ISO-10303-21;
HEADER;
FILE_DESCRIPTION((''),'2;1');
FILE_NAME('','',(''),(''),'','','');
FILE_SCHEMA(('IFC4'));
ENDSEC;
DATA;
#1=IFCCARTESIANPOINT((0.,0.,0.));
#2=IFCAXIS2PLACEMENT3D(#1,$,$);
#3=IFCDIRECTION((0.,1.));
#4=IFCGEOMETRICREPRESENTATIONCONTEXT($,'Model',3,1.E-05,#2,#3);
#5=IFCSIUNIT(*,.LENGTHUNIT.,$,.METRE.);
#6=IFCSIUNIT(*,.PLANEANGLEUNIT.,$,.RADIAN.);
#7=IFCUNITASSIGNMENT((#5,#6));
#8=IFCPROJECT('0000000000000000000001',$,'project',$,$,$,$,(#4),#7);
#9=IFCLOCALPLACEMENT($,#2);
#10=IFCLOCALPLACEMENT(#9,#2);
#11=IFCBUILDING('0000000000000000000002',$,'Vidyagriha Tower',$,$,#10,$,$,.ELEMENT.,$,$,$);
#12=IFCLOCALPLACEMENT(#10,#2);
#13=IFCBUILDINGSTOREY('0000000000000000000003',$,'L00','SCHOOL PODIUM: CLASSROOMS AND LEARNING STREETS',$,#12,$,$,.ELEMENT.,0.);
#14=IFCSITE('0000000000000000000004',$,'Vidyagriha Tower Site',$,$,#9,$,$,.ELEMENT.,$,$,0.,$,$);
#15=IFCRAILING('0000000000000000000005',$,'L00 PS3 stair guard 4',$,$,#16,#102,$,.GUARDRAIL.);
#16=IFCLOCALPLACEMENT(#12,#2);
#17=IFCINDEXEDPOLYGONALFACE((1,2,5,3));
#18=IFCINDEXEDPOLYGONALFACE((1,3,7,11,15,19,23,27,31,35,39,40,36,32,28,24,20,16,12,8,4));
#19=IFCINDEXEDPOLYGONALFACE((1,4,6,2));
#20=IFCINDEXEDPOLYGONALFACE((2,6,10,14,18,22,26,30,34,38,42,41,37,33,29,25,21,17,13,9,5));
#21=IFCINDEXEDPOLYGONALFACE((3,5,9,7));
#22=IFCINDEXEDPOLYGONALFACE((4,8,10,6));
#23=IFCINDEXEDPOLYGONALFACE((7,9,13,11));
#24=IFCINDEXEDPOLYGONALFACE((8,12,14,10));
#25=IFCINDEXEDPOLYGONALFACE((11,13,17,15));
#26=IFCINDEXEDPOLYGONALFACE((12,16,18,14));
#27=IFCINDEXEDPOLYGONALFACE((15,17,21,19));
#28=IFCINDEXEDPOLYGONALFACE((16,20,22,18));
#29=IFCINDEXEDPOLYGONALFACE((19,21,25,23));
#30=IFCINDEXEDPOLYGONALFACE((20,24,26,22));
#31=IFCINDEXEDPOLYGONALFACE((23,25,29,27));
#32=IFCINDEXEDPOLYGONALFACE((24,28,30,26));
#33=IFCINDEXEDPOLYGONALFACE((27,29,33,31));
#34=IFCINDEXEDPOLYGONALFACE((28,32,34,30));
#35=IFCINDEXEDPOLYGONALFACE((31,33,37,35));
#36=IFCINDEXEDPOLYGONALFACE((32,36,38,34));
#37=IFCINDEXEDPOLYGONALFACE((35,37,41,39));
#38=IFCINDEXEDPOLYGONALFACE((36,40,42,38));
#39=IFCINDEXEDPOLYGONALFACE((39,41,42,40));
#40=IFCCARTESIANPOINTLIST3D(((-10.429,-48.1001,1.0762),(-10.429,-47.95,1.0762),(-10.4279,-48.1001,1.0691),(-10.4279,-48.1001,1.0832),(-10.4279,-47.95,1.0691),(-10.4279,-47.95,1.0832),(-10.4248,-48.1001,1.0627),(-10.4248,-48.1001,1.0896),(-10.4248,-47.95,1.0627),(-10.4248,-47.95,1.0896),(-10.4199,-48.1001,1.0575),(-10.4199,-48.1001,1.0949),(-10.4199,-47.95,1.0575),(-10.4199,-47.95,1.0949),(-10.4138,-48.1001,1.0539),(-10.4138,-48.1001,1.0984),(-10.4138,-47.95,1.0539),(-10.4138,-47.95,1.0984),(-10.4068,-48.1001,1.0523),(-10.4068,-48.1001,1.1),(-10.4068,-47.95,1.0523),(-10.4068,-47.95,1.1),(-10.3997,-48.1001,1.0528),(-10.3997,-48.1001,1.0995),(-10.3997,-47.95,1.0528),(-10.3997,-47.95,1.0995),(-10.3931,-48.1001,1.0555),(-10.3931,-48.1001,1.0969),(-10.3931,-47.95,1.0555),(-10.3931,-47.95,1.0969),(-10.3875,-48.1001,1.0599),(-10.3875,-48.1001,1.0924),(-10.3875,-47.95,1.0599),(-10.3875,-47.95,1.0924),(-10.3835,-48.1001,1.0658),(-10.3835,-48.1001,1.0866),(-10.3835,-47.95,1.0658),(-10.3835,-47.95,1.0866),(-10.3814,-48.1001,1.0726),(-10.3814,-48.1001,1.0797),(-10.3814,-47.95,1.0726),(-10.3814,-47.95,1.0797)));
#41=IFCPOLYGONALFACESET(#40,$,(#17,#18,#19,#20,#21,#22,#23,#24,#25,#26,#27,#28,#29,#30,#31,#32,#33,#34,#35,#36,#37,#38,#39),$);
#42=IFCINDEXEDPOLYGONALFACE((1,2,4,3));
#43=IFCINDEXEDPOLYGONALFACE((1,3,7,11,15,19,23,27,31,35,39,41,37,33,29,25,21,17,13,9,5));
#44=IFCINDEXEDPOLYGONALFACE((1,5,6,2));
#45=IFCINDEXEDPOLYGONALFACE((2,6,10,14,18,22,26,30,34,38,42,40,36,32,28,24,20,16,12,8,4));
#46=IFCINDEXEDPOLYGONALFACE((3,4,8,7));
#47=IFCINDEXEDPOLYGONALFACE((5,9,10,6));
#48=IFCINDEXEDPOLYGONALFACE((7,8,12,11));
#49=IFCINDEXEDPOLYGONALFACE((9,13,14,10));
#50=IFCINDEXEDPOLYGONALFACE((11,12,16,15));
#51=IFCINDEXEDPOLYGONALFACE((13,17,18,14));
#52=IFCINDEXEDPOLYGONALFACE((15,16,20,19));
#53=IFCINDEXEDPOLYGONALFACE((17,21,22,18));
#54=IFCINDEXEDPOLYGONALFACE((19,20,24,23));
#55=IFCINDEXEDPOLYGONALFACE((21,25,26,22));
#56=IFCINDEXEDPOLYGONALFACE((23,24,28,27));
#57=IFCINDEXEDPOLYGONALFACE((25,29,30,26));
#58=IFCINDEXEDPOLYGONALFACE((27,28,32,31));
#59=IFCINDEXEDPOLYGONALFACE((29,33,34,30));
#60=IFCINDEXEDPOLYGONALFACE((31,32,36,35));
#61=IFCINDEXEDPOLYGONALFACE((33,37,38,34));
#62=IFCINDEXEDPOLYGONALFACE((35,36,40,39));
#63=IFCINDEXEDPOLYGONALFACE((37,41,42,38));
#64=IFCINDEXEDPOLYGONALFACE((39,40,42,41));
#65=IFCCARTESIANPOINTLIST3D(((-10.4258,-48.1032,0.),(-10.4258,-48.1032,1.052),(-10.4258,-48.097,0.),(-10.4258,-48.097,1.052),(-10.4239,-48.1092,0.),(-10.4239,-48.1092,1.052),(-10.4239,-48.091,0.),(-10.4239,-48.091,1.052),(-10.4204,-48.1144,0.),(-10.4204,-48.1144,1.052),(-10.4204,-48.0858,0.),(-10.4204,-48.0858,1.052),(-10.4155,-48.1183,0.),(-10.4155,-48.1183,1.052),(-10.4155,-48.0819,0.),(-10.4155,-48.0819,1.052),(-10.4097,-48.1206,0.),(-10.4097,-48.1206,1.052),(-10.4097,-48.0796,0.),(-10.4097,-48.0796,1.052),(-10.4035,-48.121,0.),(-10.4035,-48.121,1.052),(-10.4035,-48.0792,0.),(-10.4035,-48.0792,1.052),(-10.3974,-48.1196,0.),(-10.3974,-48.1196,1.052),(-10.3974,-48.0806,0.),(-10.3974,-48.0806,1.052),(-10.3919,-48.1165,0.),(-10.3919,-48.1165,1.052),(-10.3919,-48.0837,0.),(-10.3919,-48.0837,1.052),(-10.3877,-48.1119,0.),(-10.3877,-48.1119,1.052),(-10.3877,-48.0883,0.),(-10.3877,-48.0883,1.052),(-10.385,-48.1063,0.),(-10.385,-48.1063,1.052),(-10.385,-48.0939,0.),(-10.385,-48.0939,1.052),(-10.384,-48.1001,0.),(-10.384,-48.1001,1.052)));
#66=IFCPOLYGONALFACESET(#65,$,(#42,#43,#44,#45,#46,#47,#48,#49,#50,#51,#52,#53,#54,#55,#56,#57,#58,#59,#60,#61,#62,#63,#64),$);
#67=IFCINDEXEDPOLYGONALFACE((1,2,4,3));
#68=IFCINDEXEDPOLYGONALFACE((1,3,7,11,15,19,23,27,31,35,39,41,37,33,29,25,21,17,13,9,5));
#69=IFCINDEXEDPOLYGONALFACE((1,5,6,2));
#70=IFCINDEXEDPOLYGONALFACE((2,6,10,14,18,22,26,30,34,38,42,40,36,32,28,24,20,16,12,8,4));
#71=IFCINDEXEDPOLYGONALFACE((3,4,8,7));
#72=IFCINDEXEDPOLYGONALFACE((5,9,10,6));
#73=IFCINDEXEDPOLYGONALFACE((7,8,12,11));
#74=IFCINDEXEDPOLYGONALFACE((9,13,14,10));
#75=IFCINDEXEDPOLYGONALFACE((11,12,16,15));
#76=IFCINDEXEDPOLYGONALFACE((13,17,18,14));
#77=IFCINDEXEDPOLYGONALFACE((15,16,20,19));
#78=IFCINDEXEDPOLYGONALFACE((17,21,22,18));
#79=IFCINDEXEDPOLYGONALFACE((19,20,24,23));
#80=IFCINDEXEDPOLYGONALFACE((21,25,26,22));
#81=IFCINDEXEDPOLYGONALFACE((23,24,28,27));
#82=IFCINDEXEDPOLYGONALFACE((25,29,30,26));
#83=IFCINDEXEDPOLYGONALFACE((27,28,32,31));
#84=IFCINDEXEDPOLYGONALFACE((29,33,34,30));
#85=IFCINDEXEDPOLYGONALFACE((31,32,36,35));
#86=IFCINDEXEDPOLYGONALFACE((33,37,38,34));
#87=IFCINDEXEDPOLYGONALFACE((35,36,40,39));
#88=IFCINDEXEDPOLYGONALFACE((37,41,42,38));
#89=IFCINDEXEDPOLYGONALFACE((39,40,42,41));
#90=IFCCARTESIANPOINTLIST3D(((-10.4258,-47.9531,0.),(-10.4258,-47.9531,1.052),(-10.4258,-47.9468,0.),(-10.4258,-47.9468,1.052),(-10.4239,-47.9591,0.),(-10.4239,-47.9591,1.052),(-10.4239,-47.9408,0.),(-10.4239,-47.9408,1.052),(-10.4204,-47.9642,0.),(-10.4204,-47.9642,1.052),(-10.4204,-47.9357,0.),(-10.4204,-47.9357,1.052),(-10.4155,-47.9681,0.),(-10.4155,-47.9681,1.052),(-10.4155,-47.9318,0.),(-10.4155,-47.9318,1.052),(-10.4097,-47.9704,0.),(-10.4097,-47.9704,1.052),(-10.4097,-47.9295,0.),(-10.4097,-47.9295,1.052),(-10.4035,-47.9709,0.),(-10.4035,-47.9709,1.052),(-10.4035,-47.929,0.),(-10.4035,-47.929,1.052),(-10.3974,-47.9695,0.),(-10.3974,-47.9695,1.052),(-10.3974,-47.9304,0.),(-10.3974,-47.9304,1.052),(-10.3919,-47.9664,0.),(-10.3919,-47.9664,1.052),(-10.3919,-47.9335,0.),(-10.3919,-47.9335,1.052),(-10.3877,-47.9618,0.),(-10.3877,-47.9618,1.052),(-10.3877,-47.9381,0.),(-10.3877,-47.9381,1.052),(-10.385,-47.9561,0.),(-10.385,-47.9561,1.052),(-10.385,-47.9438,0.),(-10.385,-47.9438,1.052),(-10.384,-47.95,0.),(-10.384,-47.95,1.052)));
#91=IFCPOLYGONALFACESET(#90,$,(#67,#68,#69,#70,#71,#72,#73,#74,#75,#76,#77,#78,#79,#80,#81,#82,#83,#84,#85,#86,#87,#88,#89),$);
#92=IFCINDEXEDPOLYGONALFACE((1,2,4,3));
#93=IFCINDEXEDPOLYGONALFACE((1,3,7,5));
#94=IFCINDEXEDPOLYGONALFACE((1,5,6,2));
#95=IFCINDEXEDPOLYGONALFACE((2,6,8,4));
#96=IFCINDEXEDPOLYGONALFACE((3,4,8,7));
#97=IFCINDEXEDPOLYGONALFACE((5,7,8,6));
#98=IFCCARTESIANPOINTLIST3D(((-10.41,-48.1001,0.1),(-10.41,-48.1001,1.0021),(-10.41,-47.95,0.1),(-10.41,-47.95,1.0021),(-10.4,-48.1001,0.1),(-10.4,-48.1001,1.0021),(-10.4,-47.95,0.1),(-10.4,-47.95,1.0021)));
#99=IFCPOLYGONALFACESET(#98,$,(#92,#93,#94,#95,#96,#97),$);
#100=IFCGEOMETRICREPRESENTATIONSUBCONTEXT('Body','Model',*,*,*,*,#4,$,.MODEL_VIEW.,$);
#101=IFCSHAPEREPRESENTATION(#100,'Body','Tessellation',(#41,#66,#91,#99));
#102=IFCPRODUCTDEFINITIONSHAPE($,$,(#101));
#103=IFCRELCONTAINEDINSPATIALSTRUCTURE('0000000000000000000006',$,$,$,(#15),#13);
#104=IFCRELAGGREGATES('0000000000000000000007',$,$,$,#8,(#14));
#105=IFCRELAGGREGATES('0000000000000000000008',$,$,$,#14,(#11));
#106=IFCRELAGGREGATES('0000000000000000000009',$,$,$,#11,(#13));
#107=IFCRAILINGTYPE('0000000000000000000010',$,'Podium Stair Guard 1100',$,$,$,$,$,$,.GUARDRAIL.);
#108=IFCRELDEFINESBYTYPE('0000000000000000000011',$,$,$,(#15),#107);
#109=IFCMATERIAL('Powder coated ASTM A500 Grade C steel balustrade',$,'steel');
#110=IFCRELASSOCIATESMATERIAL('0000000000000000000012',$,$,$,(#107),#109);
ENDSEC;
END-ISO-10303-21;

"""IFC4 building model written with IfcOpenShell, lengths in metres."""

from ifc_helpers import new_model, si_unit, direction, frame, origin, origin_2d, place, context, subcontext, project, spatial, rectangle, circle, extrude, material, type_object, element, save


model = new_model("IFC4")

# Units and contexts
model_context = context("Model", 3, precision=1e-05, world=origin(), true_north=direction((0.0, 1.0)))
body_context = subcontext(model_context, "Body", "Model", "MODEL_VIEW")
ifc_project = project(units=[si_unit("LENGTHUNIT", "METRE"), si_unit("PLANEANGLEUNIT", "RADIAN")], contexts=[model_context])

# Site, building, storey
site_placement = place(None, origin())
site = spatial("IfcSite", under=ifc_project, at=site_placement, Name="Vidyagriha Tower Site", CompositionType="ELEMENT", RefElevation=0.0)
building_placement = place(site_placement, origin())
building = spatial("IfcBuilding", under=site, at=building_placement, Name="Vidyagriha Tower", CompositionType="ELEMENT")
storey_placement = place(building_placement, origin())
storey = spatial("IfcBuildingStorey", under=building, at=storey_placement, Name="L00", Description="SCHOOL PODIUM: CLASSROOMS AND LEARNING STREETS", CompositionType="ELEMENT", Elevation=0.0)

# Railing
ifc_material_1 = material(Name="Powder coated ASTM A500 Grade C steel balustrade", Category="steel")
railing_type_1 = type_object("IfcRailingType", Name="Podium Stair Guard 1100", PredefinedType="GUARDRAIL", material=ifc_material_1)
railing_1_placement = place(storey_placement, frame((-10.405, -48.1001, 0.0)))
element("IfcRailing", 1, at=railing_1_placement, inside=storey, type_object=railing_type_1, Name="L00 PS3 stair guard 4", PredefinedType="GUARDRAIL", context=body_context, shape_type="SweptSolid", body=[
    extrude(circle(Radius=0.0239, at=origin_2d()), frame((0.0, 0.0, 1.0762), z_axis=(0.0, 1.0, 0.0), x_axis=(-1.0, 0.0, 0.0)), (0.0, 0.0, 1.0), 0.1501),
    extrude(circle(Radius=0.021, at=origin_2d()), origin(), (0.0, 0.0, 1.0), 1.052),
    extrude(circle(Radius=0.021, at=origin_2d()), frame((0.0, 0.1501, 0.0)), (0.0, 0.0, 1.0), 1.052),
    extrude(rectangle(XDim=0.01, YDim=0.9021, at=origin_2d()), frame((0.0, 0.0, 0.551), z_axis=(0.0, 1.0, 0.0), x_axis=(-1.0, 0.0, 0.0)), (0.0, 0.0, 1.0), 0.1501),
])

save(model, "model.ifc")
